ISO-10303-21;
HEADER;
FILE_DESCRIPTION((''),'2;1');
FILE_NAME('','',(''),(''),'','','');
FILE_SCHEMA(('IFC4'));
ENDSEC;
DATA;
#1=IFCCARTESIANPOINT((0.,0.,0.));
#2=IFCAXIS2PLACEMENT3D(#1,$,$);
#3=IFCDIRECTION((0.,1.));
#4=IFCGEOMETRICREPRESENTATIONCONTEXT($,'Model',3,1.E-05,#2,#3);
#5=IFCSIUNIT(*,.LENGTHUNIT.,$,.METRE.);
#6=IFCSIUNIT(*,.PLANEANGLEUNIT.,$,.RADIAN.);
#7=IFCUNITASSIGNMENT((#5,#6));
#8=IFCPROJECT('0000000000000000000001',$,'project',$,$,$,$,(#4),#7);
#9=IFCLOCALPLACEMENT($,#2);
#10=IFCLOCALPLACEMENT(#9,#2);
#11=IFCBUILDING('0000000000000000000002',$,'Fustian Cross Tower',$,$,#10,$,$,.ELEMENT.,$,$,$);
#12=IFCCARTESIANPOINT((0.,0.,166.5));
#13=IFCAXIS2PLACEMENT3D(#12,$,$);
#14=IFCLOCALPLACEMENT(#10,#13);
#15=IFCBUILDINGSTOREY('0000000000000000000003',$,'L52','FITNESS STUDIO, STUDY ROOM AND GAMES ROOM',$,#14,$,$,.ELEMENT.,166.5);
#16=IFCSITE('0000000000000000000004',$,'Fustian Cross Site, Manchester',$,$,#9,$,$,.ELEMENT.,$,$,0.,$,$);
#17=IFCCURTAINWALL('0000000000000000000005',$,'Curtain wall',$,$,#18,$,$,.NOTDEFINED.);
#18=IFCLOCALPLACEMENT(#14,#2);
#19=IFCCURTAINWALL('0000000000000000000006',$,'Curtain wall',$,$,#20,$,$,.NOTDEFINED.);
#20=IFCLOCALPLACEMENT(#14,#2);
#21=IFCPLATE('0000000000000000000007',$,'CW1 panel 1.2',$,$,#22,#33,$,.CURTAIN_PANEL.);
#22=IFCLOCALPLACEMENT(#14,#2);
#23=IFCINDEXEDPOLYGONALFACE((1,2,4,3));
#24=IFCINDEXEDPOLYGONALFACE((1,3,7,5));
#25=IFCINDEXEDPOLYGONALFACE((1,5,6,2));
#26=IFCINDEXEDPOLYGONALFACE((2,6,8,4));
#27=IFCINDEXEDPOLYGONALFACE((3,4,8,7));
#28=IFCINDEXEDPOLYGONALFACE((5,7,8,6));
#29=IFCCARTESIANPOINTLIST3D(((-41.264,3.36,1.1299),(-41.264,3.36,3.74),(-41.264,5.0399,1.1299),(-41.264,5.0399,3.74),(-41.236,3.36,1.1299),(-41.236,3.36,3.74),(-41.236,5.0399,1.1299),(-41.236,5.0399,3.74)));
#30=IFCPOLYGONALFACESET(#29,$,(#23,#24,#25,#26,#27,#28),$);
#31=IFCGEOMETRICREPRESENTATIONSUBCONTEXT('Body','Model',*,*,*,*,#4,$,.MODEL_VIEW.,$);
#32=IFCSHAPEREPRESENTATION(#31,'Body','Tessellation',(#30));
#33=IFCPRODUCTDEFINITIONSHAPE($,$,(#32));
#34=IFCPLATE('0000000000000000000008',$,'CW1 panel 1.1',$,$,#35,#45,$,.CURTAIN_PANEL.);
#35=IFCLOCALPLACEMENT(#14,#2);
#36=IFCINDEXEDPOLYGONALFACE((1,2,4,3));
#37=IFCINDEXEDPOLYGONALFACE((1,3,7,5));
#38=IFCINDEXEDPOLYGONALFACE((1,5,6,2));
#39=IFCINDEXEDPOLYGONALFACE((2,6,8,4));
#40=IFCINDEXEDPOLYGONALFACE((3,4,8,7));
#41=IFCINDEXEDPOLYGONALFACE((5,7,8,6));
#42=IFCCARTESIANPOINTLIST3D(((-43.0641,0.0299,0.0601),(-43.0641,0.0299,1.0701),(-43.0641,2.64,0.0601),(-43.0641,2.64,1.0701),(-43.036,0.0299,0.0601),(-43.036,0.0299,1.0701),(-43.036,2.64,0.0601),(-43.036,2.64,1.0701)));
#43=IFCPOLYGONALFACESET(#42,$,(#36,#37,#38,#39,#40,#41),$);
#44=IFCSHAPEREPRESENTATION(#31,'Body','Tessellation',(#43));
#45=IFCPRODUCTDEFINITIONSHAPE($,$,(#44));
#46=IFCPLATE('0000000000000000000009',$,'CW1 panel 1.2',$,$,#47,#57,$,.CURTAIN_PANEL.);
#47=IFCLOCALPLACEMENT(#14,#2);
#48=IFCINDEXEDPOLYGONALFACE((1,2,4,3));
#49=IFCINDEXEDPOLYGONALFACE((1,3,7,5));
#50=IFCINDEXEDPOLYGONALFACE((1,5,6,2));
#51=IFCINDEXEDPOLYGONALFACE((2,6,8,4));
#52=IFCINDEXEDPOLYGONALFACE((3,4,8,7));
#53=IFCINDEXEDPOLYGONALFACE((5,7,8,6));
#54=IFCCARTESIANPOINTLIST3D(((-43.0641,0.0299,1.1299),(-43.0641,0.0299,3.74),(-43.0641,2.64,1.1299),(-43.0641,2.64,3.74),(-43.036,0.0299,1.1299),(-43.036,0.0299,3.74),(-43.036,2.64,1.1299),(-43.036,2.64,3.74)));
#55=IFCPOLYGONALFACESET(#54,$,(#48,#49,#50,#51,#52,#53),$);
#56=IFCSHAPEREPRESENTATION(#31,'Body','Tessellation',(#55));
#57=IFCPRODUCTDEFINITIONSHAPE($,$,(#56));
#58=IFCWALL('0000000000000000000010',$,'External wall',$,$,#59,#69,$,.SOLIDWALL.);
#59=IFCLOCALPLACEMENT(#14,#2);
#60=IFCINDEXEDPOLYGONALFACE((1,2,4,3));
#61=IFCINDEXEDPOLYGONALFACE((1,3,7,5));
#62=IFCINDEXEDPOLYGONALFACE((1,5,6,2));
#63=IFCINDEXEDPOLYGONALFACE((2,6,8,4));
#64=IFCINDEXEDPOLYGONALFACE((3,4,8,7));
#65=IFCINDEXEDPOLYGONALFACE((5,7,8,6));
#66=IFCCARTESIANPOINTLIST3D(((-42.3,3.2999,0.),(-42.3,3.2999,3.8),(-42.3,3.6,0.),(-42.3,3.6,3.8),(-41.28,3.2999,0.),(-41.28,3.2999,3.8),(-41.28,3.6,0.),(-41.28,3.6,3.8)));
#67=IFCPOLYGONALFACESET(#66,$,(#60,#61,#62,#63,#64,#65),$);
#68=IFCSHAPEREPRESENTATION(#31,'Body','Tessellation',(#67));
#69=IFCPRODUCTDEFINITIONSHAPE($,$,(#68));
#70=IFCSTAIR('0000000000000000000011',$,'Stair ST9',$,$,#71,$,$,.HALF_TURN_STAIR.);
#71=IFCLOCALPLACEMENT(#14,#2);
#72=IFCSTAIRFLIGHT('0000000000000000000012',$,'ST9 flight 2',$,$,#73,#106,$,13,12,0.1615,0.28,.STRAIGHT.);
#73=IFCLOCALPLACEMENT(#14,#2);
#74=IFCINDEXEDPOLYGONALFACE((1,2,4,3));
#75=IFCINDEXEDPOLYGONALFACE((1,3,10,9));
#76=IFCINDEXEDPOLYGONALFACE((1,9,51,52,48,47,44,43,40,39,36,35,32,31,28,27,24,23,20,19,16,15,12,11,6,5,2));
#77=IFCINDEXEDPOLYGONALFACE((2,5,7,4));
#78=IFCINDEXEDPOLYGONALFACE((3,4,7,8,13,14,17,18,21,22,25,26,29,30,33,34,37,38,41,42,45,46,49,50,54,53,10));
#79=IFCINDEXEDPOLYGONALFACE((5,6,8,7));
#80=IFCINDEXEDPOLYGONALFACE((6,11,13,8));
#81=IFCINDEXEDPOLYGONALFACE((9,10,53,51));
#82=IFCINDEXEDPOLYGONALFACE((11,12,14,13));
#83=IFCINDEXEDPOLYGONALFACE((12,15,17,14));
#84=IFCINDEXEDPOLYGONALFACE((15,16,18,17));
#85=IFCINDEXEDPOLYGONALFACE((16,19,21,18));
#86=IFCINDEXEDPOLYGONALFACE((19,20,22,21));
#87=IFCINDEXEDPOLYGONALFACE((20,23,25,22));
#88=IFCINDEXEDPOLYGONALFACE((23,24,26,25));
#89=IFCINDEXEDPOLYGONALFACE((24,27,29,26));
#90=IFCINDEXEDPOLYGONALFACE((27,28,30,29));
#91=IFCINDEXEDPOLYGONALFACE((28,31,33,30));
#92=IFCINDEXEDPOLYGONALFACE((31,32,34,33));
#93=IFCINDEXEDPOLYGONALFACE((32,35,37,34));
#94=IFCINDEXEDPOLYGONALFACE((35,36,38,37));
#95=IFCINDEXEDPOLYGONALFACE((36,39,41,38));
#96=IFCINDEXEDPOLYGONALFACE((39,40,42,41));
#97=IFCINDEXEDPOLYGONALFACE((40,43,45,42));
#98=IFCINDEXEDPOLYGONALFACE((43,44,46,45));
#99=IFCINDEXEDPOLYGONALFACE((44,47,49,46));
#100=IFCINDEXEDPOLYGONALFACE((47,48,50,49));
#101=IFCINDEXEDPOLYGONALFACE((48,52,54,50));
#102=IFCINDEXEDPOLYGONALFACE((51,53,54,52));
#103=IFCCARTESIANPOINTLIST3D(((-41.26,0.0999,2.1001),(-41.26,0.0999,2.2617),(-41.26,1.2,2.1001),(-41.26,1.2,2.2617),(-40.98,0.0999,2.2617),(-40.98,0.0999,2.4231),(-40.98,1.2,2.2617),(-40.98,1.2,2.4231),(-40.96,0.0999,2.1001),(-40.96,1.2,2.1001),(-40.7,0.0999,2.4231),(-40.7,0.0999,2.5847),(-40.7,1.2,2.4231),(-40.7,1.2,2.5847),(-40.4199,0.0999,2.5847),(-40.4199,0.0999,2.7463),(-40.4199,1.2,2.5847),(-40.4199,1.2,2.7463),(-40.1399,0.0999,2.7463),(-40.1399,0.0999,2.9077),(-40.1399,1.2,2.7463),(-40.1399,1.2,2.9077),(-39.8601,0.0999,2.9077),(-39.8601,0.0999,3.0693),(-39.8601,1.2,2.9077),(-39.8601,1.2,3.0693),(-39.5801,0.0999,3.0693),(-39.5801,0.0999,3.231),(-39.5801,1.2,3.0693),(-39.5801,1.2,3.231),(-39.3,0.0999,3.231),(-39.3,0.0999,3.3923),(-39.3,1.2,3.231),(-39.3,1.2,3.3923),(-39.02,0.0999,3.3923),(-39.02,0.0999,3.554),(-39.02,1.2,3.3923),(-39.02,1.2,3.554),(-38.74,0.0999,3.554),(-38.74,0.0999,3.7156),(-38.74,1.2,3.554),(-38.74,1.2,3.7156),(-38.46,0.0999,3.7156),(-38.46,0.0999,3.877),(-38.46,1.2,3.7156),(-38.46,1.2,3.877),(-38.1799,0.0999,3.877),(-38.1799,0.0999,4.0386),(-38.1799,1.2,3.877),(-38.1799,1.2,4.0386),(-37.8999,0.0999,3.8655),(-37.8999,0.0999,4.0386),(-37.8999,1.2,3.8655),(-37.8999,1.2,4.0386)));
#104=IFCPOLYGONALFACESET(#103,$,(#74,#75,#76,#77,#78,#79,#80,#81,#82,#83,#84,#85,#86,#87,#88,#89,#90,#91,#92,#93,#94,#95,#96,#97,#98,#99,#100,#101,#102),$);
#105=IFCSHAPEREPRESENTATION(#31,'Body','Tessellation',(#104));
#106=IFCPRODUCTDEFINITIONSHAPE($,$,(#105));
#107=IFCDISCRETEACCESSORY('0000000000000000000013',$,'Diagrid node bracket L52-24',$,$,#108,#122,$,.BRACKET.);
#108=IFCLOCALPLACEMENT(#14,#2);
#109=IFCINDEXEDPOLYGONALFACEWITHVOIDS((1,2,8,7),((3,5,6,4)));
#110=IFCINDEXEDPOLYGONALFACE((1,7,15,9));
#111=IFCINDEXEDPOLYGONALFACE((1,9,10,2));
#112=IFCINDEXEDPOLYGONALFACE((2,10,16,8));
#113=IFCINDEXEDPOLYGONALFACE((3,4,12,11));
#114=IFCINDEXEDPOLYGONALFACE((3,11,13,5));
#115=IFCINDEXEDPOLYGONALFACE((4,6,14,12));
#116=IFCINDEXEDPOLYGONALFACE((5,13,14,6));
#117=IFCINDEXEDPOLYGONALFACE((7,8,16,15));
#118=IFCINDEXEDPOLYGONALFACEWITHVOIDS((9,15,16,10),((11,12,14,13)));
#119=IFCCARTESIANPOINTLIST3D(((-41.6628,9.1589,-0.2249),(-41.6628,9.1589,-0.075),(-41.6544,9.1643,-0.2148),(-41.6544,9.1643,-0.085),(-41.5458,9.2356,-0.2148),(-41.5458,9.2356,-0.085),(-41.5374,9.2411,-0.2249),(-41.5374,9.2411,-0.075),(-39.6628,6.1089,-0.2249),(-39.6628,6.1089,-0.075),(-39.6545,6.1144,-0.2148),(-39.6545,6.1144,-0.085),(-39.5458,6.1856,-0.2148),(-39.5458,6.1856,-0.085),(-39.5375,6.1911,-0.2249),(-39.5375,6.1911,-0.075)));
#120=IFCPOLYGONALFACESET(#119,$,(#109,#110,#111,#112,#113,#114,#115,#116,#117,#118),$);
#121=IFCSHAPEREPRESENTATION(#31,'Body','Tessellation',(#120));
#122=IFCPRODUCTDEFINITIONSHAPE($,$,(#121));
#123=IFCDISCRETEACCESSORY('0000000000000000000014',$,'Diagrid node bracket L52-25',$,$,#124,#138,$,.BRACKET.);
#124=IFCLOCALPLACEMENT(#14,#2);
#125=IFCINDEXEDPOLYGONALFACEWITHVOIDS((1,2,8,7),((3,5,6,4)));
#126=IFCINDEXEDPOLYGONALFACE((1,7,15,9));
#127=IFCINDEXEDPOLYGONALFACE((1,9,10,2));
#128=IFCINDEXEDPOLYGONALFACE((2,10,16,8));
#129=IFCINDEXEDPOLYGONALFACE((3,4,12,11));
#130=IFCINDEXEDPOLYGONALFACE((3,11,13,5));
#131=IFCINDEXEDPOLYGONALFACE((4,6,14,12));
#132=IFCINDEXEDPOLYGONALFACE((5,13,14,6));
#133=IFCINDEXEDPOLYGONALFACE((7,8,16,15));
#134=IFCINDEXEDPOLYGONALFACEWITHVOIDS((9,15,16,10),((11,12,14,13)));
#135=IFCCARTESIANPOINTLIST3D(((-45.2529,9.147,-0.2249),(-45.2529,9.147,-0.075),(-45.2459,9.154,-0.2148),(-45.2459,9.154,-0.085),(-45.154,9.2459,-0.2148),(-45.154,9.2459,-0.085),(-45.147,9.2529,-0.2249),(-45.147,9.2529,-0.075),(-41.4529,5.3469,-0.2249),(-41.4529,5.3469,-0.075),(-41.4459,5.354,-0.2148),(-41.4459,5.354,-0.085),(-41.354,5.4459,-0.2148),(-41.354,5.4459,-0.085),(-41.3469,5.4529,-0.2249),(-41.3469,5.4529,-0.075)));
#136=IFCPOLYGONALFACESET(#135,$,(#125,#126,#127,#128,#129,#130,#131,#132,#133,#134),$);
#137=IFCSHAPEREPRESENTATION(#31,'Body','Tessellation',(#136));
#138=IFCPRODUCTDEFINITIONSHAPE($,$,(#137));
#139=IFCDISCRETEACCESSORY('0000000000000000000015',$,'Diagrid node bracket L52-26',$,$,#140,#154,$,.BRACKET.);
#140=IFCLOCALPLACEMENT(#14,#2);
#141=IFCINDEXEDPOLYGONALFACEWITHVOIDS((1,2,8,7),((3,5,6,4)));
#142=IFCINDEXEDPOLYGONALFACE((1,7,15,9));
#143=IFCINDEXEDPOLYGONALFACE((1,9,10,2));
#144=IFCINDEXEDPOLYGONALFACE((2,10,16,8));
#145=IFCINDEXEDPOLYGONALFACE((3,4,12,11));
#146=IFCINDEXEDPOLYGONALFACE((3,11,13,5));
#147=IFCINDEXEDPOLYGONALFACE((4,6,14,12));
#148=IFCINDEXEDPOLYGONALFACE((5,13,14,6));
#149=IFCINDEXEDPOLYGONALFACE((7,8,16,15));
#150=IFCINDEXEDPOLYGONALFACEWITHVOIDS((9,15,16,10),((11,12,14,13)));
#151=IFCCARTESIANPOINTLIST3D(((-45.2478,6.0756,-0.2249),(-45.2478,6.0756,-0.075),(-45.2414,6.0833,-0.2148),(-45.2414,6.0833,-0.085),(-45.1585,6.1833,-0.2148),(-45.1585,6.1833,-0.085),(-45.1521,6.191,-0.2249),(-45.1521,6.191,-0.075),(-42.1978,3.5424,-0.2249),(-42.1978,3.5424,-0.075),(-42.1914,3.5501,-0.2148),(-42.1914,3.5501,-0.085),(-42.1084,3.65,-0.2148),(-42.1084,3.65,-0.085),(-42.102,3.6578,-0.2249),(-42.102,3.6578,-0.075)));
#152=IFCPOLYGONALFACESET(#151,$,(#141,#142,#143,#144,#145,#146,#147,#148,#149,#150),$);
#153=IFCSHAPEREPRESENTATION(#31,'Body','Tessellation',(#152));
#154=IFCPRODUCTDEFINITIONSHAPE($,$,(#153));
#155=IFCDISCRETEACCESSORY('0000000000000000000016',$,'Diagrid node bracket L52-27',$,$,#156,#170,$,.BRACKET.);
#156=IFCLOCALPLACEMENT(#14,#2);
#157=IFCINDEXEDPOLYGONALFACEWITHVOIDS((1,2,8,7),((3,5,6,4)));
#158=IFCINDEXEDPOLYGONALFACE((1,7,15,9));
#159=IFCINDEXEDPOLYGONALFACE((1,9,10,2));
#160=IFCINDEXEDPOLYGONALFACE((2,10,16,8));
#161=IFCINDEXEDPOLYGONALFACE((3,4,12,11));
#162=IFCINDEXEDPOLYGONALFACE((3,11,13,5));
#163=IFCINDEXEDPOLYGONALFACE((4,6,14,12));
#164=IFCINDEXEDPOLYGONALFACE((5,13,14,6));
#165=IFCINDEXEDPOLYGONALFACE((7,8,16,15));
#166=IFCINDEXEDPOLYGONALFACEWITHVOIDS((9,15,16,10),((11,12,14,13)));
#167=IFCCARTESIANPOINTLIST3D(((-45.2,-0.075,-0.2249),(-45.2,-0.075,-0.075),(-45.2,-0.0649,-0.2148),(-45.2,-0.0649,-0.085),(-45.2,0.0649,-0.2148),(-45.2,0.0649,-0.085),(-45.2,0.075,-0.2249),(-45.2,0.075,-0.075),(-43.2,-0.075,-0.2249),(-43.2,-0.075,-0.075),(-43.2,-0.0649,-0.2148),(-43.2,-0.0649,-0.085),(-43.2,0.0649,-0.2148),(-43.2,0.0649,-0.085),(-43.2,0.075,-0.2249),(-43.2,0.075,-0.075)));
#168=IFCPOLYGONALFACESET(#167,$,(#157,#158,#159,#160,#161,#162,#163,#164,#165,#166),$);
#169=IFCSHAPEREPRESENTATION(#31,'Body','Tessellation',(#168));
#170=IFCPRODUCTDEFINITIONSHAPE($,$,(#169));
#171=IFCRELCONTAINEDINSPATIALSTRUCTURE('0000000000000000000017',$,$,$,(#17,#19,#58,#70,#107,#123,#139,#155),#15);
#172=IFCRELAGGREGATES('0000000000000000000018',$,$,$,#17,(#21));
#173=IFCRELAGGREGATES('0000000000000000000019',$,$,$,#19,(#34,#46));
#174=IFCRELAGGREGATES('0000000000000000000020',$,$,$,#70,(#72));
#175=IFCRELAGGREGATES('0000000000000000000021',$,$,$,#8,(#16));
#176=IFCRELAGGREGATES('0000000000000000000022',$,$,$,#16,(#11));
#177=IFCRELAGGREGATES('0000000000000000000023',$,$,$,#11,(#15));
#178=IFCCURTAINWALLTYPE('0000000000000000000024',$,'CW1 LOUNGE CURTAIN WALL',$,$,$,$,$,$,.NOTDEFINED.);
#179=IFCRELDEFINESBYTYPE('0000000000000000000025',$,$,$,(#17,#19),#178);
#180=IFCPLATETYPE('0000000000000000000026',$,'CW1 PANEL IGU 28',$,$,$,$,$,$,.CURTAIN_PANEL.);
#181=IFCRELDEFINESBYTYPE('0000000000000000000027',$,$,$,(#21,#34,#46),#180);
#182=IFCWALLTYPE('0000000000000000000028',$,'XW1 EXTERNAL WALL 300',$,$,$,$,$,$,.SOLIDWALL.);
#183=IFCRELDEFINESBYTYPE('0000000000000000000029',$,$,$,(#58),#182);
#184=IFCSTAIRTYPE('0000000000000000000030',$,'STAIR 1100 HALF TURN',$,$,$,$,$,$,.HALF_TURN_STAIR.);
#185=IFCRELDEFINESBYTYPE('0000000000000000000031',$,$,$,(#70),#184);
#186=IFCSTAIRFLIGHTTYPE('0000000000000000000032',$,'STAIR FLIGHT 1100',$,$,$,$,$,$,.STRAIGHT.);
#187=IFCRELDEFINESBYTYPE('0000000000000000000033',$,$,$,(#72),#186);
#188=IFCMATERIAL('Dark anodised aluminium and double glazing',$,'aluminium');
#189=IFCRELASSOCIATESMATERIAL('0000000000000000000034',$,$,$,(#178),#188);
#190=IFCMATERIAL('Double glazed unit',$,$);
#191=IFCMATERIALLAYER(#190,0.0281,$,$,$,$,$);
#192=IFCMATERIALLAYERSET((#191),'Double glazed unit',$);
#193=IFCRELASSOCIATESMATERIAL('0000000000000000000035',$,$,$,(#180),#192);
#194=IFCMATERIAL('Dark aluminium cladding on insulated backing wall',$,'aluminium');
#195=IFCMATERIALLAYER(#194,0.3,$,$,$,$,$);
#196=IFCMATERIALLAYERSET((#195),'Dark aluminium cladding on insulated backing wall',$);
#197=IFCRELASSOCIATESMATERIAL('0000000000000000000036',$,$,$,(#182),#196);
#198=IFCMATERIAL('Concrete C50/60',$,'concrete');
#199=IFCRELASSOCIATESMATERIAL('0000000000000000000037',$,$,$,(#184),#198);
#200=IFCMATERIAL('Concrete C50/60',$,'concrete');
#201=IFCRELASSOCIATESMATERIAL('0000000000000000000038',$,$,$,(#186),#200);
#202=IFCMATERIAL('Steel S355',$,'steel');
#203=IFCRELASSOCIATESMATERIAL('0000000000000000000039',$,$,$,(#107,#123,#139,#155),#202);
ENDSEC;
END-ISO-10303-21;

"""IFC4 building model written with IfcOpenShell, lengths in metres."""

from ifc_helpers import new_model, si_unit, direction, frame, frame_2d, origin, origin_2d, place, context, subcontext, project, spatial, polyline, rectangle, hollow_rectangle, outline, extrude, material, layer, layer_set, type_object, element, aggregate, save


model = new_model("IFC4")

# Units and contexts
model_context = context("Model", 3, precision=1e-05, world=origin(), true_north=direction((0.0, 1.0)))
body_context = subcontext(model_context, "Body", "Model", "MODEL_VIEW")
ifc_project = project(units=[si_unit("LENGTHUNIT", "METRE"), si_unit("PLANEANGLEUNIT", "RADIAN")], contexts=[model_context])

# Site, building, storey
site_placement = place(None, origin())
site = spatial("IfcSite", under=ifc_project, at=site_placement, Name="Fustian Cross Site, Manchester", CompositionType="ELEMENT", RefElevation=0.0)
building_placement = place(site_placement, origin())
building = spatial("IfcBuilding", under=site, at=building_placement, Name="Fustian Cross Tower", CompositionType="ELEMENT")
storey_placement = place(building_placement, frame((0.0, 0.0, 166.5)))
storey = spatial("IfcBuildingStorey", under=building, at=storey_placement, Name="L52", Description="FITNESS STUDIO, STUDY ROOM AND GAMES ROOM", CompositionType="ELEMENT", Elevation=166.5)

# Shared definitions
ifc_material_1 = material(Name="Dark anodised aluminium and double glazing", Category="aluminium")
curtain_wall_type = type_object("IfcCurtainWallType", Name="CW1 LOUNGE CURTAIN WALL", PredefinedType="NOTDEFINED", material=ifc_material_1)

# Curtain walls
curtain_wall_1_placement = place(storey_placement, origin())
curtain_wall_1 = element("IfcCurtainWall", 1, at=curtain_wall_1_placement, inside=storey, type_object=curtain_wall_type, Name="Curtain wall", PredefinedType="NOTDEFINED")
curtain_wall_2_placement = place(storey_placement, origin())
curtain_wall_2 = element("IfcCurtainWall", 2, at=curtain_wall_2_placement, inside=storey, type_object=curtain_wall_type, Name="Curtain wall", PredefinedType="NOTDEFINED")

# Plates
ifc_material_2 = material(Name="Double glazed unit")
ifc_layer_1 = layer(ifc_material_2, 0.0281)
ifc_layer_set_1 = layer_set([ifc_layer_1], Name="Double glazed unit")
plate_type = type_object("IfcPlateType", Name="CW1 PANEL IGU 28", PredefinedType="CURTAIN_PANEL", material=ifc_layer_set_1)
plate_1_placement = place(storey_placement, frame((-41.25, 4.2, 1.1299), z_axis=(0.0, 0.0, 1.0), x_axis=(0.0, -1.0, 0.0)))
plate_1 = element("IfcPlate", 3, at=plate_1_placement, type_object=plate_type, Name="CW1 panel 1.2", PredefinedType="CURTAIN_PANEL", context=body_context, shape_type="SweptSolid", body=[
    extrude(rectangle(XDim=1.6799, YDim=0.0281, at=origin_2d()), origin(), (0.0, 0.0, 1.0), 2.6101),
])
aggregate(curtain_wall_1, [plate_1])
plate_2_placement = place(storey_placement, frame((-43.05, 1.335, 0.0601), z_axis=(0.0, 0.0, 1.0), x_axis=(0.0, -1.0, 0.0)))
plate_2 = element("IfcPlate", 4, at=plate_2_placement, type_object=plate_type, Name="CW1 panel 1.1", PredefinedType="CURTAIN_PANEL", context=body_context, shape_type="SweptSolid", body=[
    extrude(rectangle(XDim=2.6101, YDim=0.0281, at=origin_2d()), origin(), (0.0, 0.0, 1.0), 1.01),
])
plate_3_placement = place(storey_placement, frame((-43.05, 1.335, 1.1299), z_axis=(0.0, 0.0, 1.0), x_axis=(0.0, -1.0, 0.0)))
plate_3 = element("IfcPlate", 5, at=plate_3_placement, type_object=plate_type, Name="CW1 panel 1.2", PredefinedType="CURTAIN_PANEL", context=body_context, shape_type="SweptSolid", body=[
    extrude(rectangle(XDim=2.6101, YDim=0.0281, at=origin_2d()), origin(), (0.0, 0.0, 1.0), 2.6101),
])
aggregate(curtain_wall_2, [plate_2, plate_3])

# Wall
ifc_material_3 = material(Name="Dark aluminium cladding on insulated backing wall", Category="aluminium")
ifc_layer_2 = layer(ifc_material_3, 0.3)
ifc_layer_set_2 = layer_set([ifc_layer_2], Name="Dark aluminium cladding on insulated backing wall")
wall_type = type_object("IfcWallType", Name="XW1 EXTERNAL WALL 300", PredefinedType="SOLIDWALL", material=ifc_layer_set_2)
wall_placement = place(storey_placement, frame((-41.28, 3.45, 0.0), z_axis=(0.0, 0.0, 1.0), x_axis=(-1.0, 0.0, 0.0)))
element("IfcWall", 6, at=wall_placement, inside=storey, type_object=wall_type, Name="External wall", PredefinedType="SOLIDWALL", context=body_context, shape_type="SweptSolid", body=[
    extrude(rectangle(XDim=1.02, YDim=0.3, at=frame_2d((0.51, 0.0))), origin(), (0.0, 0.0, 1.0), 3.8),
])

# Stair, stair flight
ifc_material_4 = material(Name="Concrete C50/60", Category="concrete")
stair_type = type_object("IfcStairType", Name="STAIR 1100 HALF TURN", PredefinedType="HALF_TURN_STAIR", material=ifc_material_4)
stair_placement = place(storey_placement, origin())
stair = element("IfcStair", 7, at=stair_placement, inside=storey, type_object=stair_type, Name="Stair ST9", PredefinedType="HALF_TURN_STAIR")
ifc_material_5 = material(Name="Concrete C50/60", Category="concrete")
stair_flight_type = type_object("IfcStairFlightType", Name="STAIR FLIGHT 1100", PredefinedType="STRAIGHT", material=ifc_material_5)
stair_flight_placement = place(storey_placement, frame((-41.26, 0.6499, 2.1001), z_axis=(0.0, 0.0, 1.0), x_axis=(1.0, 0.0, 0.0)))
stair_flight = element("IfcStairFlight", 8, at=stair_flight_placement, type_object=stair_flight_type, Name="ST9 flight 2", NumberOfRisers=13, NumberOfTreads=12, PredefinedType="STRAIGHT", RiserHeight=0.1615, TreadLength=0.28, context=body_context, shape_type="SweptSolid", body=[
    extrude(outline(polyline([(0.0, 0.0), (0.0, 0.1616), (0.28, 0.1616), (0.28, 0.323), (0.5601, 0.323), (0.5601, 0.4846), (0.8401, 0.4846), (0.8401, 0.6462), (1.1201, 0.6462), (1.1201, 0.8076), (1.3999, 0.8076), (1.3999, 0.9692), (1.6799, 0.9692), (1.6799, 1.1309), (1.96, 1.1309), (1.96, 1.2922), (2.24, 1.2922), (2.24, 1.4539), (2.52, 1.4539), (2.52, 1.6155), (2.8, 1.6155), (2.8, 1.7769), (3.0801, 1.7769), (3.0801, 1.9385), (3.3601, 1.9385), (3.3601, 2.1001), (3.3601, 1.7654), (0.3, 0.0), (0.0, 0.0)])), frame((0.0, 0.55, 0.0), z_axis=(0.0, -1.0, 0.0), x_axis=(1.0, 0.0, 0.0)), (0.0, 0.0, 1.0), 1.1001),
])
aggregate(stair, [stair_flight])

# Discrete accessories
ifc_material_6 = material(Name="Steel S355", Category="steel")
discrete_accessory_1_placement = place(storey_placement, frame((-41.6001, 9.2, -0.1499), z_axis=(0.548351, -0.836248, 0.0), x_axis=(0.836248, 0.548351, 0.0)))
element("IfcDiscreteAccessory", 9, at=discrete_accessory_1_placement, inside=storey, material=ifc_material_6, Name="Diagrid node bracket L52-24", PredefinedType="BRACKET", context=body_context, shape_type="SweptSolid", body=[
    extrude(hollow_rectangle(XDim=0.1499, YDim=0.1499, WallThickness=0.01, at=origin_2d()), origin(), (0.0, 0.0, 1.0), 3.6472),
])
discrete_accessory_2_placement = place(storey_placement, frame((-45.2, 9.2, -0.1499), z_axis=(0.707107, -0.707107, 0.0), x_axis=(0.707107, 0.707107, 0.0)))
element("IfcDiscreteAccessory", 10, at=discrete_accessory_2_placement, inside=storey, material=ifc_material_6, Name="Diagrid node bracket L52-25", PredefinedType="BRACKET", context=body_context, shape_type="SweptSolid", body=[
    extrude(hollow_rectangle(XDim=0.1499, YDim=0.1499, WallThickness=0.01, at=origin_2d()), origin(), (0.0, 0.0, 1.0), 5.374),
])
discrete_accessory_3_placement = place(storey_placement, frame((-45.2, 6.1333, -0.1499), z_axis=(0.769275, -0.638918, 0.0), x_axis=(0.638918, 0.769275, 0.0)))
element("IfcDiscreteAccessory", 11, at=discrete_accessory_3_placement, inside=storey, material=ifc_material_6, Name="Diagrid node bracket L52-26", PredefinedType="BRACKET", context=body_context, shape_type="SweptSolid", body=[
    extrude(hollow_rectangle(XDim=0.1499, YDim=0.1499, WallThickness=0.01, at=origin_2d()), origin(), (0.0, 0.0, 1.0), 3.9648),
])
discrete_accessory_4_placement = place(storey_placement, frame((-45.2, 0.0, -0.1499), z_axis=(1.0, 0.0, 0.0), x_axis=(0.0, 1.0, 0.0)))
element("IfcDiscreteAccessory", 12, at=discrete_accessory_4_placement, inside=storey, material=ifc_material_6, Name="Diagrid node bracket L52-27", PredefinedType="BRACKET", context=body_context, shape_type="SweptSolid", body=[
    extrude(hollow_rectangle(XDim=0.1499, YDim=0.1499, WallThickness=0.01, at=origin_2d()), origin(), (0.0, 0.0, 1.0), 2.0),
])

save(model, "model.ifc")
